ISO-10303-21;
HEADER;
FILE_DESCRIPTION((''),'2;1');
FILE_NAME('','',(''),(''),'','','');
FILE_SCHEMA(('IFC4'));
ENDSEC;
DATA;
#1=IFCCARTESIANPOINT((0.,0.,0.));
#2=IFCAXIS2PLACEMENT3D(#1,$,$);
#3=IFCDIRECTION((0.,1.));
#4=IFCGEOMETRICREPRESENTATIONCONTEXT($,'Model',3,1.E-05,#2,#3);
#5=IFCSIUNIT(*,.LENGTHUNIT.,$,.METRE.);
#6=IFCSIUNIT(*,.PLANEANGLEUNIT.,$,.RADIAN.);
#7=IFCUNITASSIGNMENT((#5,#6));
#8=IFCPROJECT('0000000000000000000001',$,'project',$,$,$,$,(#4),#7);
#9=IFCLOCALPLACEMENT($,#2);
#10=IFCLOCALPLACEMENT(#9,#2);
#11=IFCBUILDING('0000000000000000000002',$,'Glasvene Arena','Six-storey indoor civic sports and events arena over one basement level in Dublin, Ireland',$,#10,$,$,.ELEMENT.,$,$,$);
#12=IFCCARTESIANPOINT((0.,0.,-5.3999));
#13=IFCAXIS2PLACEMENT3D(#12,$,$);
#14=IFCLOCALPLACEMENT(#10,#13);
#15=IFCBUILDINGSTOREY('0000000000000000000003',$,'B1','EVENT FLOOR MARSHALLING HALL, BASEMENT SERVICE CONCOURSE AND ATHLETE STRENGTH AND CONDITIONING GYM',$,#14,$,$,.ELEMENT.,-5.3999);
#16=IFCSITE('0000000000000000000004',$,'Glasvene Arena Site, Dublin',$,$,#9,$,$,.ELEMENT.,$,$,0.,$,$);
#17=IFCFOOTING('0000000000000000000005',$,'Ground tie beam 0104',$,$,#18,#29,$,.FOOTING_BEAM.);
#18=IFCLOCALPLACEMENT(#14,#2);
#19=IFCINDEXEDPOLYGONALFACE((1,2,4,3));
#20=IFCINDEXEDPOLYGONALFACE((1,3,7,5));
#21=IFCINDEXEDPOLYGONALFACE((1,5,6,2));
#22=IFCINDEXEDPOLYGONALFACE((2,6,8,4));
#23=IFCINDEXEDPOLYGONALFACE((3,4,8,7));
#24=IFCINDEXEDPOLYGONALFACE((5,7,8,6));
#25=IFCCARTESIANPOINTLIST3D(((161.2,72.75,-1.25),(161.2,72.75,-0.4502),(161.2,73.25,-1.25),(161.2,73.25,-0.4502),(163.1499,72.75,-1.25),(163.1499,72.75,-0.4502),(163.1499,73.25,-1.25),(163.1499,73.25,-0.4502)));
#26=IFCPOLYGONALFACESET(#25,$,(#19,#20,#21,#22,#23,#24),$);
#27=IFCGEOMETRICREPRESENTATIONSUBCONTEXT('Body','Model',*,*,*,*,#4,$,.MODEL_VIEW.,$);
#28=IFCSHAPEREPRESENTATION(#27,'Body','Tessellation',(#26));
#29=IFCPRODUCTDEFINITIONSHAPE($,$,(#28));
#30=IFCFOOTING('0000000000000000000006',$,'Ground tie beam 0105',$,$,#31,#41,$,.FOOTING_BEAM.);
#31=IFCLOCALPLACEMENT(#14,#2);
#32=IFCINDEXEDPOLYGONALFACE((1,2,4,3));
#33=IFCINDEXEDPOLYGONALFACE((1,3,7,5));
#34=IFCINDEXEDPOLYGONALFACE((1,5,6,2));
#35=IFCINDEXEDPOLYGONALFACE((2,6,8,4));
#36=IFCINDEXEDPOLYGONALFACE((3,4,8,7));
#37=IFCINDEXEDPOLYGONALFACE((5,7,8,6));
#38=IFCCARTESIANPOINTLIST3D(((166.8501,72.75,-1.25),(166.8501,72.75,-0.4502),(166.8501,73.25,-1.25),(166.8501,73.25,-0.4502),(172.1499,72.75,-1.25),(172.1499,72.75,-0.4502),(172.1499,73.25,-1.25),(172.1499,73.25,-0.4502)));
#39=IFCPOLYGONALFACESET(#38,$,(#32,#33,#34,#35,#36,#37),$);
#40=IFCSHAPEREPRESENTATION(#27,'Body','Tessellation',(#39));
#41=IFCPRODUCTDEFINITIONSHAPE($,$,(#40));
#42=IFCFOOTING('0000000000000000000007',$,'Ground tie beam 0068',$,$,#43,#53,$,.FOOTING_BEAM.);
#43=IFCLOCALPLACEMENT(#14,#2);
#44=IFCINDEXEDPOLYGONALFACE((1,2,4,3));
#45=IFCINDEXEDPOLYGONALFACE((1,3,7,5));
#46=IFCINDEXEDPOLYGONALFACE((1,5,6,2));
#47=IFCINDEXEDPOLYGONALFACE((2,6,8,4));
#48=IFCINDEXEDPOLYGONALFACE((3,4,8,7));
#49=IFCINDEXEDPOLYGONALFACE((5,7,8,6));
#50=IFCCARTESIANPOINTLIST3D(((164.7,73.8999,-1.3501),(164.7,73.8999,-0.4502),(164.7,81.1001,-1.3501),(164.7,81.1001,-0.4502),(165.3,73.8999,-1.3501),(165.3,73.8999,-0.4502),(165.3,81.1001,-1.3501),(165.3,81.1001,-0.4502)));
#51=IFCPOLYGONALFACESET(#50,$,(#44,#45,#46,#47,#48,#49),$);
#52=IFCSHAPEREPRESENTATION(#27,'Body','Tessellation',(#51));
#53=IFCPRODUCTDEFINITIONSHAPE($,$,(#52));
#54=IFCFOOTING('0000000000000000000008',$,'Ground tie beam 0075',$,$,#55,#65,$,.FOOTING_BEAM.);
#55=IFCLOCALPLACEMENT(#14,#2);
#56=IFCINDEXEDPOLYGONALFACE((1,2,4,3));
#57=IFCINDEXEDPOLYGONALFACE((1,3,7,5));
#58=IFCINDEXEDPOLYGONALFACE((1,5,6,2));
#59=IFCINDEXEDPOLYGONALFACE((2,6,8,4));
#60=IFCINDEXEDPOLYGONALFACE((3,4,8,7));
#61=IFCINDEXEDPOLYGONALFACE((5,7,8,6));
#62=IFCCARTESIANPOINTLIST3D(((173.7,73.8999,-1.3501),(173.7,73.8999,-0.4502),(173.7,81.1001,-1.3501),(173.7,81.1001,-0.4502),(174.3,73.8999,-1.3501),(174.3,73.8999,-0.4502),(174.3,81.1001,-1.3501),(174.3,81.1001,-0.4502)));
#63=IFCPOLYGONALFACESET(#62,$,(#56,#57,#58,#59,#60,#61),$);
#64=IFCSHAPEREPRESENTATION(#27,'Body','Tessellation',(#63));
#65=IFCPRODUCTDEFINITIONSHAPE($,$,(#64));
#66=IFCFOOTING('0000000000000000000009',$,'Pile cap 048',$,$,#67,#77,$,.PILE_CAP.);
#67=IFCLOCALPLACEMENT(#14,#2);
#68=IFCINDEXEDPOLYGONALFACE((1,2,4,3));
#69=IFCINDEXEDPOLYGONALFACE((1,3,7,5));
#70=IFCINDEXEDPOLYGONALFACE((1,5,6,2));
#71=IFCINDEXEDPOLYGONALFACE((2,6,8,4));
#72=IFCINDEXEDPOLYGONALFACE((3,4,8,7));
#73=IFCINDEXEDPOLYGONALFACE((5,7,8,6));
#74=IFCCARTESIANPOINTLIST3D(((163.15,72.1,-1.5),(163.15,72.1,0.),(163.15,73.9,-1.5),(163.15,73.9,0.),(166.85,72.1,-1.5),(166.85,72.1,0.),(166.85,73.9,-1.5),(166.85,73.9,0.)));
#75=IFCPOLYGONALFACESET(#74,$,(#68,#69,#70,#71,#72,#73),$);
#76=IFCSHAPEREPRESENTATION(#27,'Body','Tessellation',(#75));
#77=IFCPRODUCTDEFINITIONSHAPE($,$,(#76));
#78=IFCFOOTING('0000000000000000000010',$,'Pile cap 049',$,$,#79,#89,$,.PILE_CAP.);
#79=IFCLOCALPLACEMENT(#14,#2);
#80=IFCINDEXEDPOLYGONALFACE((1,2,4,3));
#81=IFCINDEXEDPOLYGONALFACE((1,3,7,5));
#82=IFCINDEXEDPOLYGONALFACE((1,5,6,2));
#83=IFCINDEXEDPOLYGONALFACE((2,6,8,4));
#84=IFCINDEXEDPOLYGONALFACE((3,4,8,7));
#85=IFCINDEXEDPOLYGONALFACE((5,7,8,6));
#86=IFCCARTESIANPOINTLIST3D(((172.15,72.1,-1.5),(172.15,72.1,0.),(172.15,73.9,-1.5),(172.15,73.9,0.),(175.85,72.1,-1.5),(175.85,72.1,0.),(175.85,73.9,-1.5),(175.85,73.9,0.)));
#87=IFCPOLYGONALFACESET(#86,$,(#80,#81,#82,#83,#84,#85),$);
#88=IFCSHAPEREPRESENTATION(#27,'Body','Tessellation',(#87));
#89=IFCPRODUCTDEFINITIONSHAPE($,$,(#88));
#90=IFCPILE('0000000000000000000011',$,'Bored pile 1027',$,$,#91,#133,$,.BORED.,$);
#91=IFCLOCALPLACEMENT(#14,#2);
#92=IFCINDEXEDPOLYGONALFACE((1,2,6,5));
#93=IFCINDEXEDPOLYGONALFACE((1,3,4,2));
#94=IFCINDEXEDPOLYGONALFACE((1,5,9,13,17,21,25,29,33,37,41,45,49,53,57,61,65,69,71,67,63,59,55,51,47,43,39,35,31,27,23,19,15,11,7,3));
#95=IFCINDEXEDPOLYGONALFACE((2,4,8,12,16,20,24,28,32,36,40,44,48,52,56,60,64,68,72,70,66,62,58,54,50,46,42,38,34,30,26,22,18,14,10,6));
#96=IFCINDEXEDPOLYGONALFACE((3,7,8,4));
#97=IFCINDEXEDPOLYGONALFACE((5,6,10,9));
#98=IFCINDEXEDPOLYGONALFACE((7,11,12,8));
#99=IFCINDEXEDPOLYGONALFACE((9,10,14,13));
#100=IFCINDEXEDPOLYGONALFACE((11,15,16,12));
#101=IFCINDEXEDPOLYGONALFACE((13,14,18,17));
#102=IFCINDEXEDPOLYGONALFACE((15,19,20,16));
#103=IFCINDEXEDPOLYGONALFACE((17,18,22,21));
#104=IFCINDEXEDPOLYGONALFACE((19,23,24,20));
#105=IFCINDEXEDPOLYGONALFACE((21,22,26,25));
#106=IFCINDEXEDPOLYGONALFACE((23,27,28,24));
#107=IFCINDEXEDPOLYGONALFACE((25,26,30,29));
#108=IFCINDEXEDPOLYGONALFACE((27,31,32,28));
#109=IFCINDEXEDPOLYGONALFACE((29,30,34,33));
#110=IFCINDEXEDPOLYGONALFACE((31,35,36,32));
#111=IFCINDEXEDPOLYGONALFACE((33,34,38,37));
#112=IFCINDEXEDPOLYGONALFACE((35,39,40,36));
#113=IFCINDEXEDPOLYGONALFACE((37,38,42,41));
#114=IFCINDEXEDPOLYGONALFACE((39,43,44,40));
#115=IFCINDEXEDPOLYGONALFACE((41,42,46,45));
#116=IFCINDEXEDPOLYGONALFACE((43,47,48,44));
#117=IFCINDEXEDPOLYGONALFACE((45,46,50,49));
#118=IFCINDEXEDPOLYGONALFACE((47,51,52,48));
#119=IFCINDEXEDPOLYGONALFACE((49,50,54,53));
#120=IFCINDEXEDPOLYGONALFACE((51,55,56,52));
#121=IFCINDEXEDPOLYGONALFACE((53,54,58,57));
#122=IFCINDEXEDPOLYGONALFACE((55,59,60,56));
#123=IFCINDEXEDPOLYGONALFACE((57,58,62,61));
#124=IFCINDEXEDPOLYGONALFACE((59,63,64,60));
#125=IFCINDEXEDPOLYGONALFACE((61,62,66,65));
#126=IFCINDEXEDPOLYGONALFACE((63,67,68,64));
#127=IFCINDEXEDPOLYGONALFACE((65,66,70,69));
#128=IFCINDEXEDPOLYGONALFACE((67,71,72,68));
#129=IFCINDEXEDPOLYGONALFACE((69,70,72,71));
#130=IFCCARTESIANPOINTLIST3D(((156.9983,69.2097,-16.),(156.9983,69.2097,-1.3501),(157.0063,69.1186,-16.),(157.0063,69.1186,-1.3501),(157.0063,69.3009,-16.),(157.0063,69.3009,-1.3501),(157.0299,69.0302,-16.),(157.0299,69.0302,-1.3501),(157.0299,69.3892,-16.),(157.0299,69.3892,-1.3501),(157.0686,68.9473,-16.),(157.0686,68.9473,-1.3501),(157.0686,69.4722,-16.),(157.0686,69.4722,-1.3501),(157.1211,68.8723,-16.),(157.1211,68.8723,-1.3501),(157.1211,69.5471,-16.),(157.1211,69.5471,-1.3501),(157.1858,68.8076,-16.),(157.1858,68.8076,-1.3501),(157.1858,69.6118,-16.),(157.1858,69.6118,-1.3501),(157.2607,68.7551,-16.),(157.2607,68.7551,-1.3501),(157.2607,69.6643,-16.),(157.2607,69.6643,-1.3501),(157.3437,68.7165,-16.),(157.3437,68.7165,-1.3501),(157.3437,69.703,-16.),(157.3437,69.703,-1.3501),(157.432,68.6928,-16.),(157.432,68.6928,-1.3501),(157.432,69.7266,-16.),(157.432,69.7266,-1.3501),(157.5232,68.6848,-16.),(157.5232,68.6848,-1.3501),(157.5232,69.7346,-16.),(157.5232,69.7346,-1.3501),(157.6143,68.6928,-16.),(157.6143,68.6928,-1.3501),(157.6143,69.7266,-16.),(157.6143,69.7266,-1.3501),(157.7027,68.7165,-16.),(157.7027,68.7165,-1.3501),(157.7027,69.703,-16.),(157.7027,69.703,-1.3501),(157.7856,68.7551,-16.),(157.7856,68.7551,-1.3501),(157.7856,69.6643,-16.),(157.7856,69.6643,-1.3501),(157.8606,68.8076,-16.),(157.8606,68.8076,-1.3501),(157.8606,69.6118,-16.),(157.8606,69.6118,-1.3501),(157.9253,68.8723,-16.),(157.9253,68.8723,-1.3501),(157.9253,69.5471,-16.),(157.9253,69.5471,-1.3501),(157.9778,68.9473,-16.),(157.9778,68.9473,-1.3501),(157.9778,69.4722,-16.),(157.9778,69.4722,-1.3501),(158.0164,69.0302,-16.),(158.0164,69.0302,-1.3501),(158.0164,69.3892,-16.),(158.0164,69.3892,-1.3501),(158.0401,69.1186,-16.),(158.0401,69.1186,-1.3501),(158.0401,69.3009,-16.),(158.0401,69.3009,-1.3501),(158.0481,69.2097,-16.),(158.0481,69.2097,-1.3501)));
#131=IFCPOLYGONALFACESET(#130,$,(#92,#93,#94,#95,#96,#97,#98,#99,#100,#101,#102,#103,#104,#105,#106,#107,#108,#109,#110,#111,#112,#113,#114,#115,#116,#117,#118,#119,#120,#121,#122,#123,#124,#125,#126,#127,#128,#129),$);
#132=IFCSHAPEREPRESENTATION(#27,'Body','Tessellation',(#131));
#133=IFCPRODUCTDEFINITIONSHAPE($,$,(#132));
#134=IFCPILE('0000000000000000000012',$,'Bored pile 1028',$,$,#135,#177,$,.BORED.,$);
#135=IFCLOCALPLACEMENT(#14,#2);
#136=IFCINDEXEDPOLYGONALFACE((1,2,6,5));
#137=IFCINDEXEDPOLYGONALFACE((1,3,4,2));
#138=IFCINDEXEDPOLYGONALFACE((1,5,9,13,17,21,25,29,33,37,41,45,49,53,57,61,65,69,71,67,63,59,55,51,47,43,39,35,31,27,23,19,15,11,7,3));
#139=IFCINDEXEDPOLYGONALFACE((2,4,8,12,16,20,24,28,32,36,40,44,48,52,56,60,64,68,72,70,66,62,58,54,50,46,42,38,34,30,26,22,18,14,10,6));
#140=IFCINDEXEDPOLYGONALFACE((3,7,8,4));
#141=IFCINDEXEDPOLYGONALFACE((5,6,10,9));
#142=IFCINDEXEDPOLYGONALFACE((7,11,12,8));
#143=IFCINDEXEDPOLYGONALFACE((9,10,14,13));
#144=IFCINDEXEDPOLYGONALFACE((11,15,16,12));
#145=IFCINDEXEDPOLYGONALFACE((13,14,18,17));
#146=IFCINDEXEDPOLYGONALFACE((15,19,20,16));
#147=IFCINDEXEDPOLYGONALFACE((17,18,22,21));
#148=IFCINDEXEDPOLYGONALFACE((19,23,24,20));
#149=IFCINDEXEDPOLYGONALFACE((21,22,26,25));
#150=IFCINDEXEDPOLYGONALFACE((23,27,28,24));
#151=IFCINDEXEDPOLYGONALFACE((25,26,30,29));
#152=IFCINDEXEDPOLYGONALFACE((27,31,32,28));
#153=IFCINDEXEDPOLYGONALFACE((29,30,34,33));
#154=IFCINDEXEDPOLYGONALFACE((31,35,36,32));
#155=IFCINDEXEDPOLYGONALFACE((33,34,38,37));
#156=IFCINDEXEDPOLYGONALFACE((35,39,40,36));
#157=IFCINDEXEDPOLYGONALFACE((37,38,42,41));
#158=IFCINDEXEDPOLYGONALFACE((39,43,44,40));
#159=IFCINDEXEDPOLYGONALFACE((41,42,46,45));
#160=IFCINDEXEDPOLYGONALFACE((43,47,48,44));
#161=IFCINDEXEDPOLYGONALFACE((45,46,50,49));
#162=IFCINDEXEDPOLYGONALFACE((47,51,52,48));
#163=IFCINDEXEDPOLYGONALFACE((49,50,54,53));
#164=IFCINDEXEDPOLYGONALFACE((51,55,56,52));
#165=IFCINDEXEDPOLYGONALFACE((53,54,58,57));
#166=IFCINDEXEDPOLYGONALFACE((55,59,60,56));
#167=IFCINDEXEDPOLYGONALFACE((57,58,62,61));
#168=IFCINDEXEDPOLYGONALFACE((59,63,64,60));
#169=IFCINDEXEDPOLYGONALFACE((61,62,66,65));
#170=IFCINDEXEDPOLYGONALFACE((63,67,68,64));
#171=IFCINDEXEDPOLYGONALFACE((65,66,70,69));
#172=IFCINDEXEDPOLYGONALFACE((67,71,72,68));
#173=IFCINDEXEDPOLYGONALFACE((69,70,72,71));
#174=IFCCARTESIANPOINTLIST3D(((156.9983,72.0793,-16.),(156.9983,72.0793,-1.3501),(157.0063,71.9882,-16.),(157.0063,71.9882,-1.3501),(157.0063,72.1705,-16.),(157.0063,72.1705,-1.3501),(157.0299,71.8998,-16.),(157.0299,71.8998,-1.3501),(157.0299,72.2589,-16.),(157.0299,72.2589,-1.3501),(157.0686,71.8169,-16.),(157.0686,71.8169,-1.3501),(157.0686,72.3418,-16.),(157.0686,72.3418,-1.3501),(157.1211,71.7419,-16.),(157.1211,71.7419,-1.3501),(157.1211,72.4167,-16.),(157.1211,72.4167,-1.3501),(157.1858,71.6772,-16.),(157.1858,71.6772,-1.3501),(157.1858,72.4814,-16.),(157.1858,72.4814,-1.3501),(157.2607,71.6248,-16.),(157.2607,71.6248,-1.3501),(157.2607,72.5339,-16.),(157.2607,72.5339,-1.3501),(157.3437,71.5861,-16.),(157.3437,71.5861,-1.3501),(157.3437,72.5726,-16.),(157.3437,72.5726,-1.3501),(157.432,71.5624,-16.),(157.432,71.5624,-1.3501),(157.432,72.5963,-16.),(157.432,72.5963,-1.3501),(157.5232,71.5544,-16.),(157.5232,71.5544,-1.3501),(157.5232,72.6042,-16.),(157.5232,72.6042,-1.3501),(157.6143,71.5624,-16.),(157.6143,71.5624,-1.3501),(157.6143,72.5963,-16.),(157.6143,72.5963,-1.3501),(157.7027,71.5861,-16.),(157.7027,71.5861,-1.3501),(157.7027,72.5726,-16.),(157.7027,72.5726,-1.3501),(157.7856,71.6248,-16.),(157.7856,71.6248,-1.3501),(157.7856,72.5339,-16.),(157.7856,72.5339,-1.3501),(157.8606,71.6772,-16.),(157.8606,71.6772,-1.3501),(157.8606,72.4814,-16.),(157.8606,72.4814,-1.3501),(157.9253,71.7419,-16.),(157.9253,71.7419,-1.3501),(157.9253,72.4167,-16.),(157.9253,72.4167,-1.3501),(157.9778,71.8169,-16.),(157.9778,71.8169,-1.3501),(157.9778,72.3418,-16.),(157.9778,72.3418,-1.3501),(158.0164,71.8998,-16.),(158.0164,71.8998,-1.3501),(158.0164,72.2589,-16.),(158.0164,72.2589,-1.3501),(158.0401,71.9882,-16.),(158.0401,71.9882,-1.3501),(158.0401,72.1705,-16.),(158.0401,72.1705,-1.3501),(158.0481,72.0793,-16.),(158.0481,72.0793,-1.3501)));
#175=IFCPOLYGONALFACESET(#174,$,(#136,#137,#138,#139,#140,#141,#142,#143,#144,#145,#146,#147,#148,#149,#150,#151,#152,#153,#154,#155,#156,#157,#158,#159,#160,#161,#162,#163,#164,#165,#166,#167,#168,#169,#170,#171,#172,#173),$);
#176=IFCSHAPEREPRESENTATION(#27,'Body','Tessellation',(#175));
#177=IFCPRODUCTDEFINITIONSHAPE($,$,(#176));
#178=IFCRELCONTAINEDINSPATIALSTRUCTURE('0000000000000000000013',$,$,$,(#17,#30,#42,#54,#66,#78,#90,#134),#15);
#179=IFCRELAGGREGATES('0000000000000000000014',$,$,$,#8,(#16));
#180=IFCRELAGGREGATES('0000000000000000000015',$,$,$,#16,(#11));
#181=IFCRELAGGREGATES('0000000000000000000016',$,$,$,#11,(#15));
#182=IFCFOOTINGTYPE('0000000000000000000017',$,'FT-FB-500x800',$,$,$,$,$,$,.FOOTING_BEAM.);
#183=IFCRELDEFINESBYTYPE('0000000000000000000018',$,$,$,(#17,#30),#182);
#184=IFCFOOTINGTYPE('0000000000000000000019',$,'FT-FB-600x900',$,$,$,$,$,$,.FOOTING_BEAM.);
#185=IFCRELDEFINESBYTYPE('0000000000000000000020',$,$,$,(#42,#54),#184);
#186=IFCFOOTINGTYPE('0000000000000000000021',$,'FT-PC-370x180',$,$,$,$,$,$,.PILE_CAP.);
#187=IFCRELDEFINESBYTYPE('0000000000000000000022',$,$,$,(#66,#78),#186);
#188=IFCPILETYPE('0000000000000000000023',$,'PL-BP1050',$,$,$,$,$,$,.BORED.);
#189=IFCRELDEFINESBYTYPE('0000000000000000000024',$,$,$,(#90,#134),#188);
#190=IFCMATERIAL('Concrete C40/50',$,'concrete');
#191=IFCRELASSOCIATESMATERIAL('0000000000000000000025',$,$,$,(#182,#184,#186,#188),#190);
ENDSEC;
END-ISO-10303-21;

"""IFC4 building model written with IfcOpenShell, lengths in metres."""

from ifc_helpers import new_model, si_unit, direction, frame, origin, origin_2d, place, context, subcontext, project, spatial, polyline, rectangle, circle, outline, extrude, material, material_profile, profile_set, type_object, element, save


model = new_model("IFC4")

# Units and contexts
model_context = context("Model", 3, precision=1e-05, world=origin(), true_north=direction((0.0, 1.0)))
body_context = subcontext(model_context, "Body", "Model", "MODEL_VIEW")
ifc_project = project(units=[si_unit("LENGTHUNIT", "METRE"), si_unit("PLANEANGLEUNIT", "RADIAN")], contexts=[model_context])

# Site, building, storey
site_placement = place(None, origin())
site = spatial("IfcSite", under=ifc_project, at=site_placement, Name="Glasvene Arena Site, Dublin", CompositionType="ELEMENT", RefElevation=0.0)
building_placement = place(site_placement, origin())
building = spatial("IfcBuilding", under=site, at=building_placement, Name="Glasvene Arena", Description="Six-storey indoor civic sports and events arena over one basement level in Dublin, Ireland", CompositionType="ELEMENT")
storey_placement = place(building_placement, frame((0.0, 0.0, -5.3999)))
storey = spatial("IfcBuildingStorey", under=building, at=storey_placement, Name="B1", Description="EVENT FLOOR MARSHALLING HALL, BASEMENT SERVICE CONCOURSE AND ATHLETE STRENGTH AND CONDITIONING GYM", CompositionType="ELEMENT", Elevation=-5.3999)

# Footings
ifc_material_1 = material(Name="Concrete C40/50", Category="concrete")
footing_type_1 = type_object("IfcFootingType", Name="FT-FB-500x800", PredefinedType="FOOTING_BEAM", material=ifc_material_1)
footing_1_placement = place(storey_placement, frame((162.175, 73.0, -1.25)))
element("IfcFooting", 1, at=footing_1_placement, inside=storey, type_object=footing_type_1, Name="Ground tie beam 0104", PredefinedType="FOOTING_BEAM", context=body_context, shape_type="SweptSolid", body=[
    extrude(outline(polyline([(-0.9751, -0.25), (0.9749, -0.25), (0.9749, 0.25), (-0.9751, 0.25), (-0.9751, -0.25)])), origin(), (0.0, 0.0, 1.0), 0.7998),
])
footing_2_placement = place(storey_placement, frame((169.5, 73.0, -1.25)))
element("IfcFooting", 2, at=footing_2_placement, inside=storey, type_object=footing_type_1, Name="Ground tie beam 0105", PredefinedType="FOOTING_BEAM", context=body_context, shape_type="SweptSolid", body=[
    extrude(outline(polyline([(-2.6499, -0.25), (2.6499, -0.25), (2.6499, 0.25), (-2.6499, 0.25), (-2.6499, -0.25)])), origin(), (0.0, 0.0, 1.0), 0.7998),
])
footing_type_2 = type_object("IfcFootingType", Name="FT-FB-600x900", PredefinedType="FOOTING_BEAM", material=ifc_material_1)
for number, where, name in (
    (3, (165.0, 77.5, -1.3501), "Ground tie beam 0068"),
    (4, (174.0, 77.5, -1.3501), "Ground tie beam 0075"),
):
    element("IfcFooting", number, at=place(storey_placement, frame(where)), inside=storey, type_object=footing_type_2, Name=name, PredefinedType="FOOTING_BEAM", context=body_context, shape_type="SweptSolid", body=[
        extrude(outline(polyline([(-0.3, -3.6001), (0.3, -3.6001), (0.3, 3.6001), (-0.3, 3.6001), (-0.3, -3.6001)])), origin(), (0.0, 0.0, 1.0), 0.8999),
    ])
footing_type_3 = type_object("IfcFootingType", Name="FT-PC-370x180", PredefinedType="PILE_CAP", material=ifc_material_1)
for number, where, z_axis, x_axis, name in (
    (5, (165.0, 73.0, -1.5), (0.0, 0.0, 1.0), (1.0, 0.0, 0.0), "Pile cap 048"),
    (6, (174.0, 73.0, -1.5), (0.0, 0.0, 1.0), (1.0, 0.0, 0.0), "Pile cap 049"),
):
    element("IfcFooting", number, at=place(storey_placement, frame(where, z_axis=z_axis, x_axis=x_axis)), inside=storey, type_object=footing_type_3, Name=name, PredefinedType="PILE_CAP", context=body_context, shape_type="SweptSolid", body=[
        extrude(rectangle(XDim=3.7, YDim=1.8, at=origin_2d()), origin(), (0.0, 0.0, 1.0), 1.5),
    ])

# Piles
ifc_material_profile_1 = material_profile(ifc_material_1, circle(Radius=0.5249, at=origin_2d()), Name="BORED PILE 1050")
ifc_profile_set_1 = profile_set([ifc_material_profile_1], Name="Concrete C40/50")
pile_type_1 = type_object("IfcPileType", Name="PL-BP1050", PredefinedType="BORED", material=ifc_profile_set_1)
for number, where, z_axis, x_axis, name in (
    (7, (157.5232, 69.2097, -1.3501), (0.0, 0.0, -1.0), (1.0, 0.0, 0.0), "Bored pile 1027"),
    (8, (157.5232, 72.0793, -1.3501), (0.0, 0.0, -1.0), (1.0, 0.0, 0.0), "Bored pile 1028"),
):
    element("IfcPile", number, at=place(storey_placement, frame(where, z_axis=z_axis, x_axis=x_axis)), inside=storey, type_object=pile_type_1, Name=name, PredefinedType="BORED", context=body_context, shape_type="SweptSolid", body=[
        extrude(circle(Radius=0.5249, at=origin_2d()), origin(), (0.0, 0.0, 1.0), 14.6499),
    ])

save(model, "model.ifc")
